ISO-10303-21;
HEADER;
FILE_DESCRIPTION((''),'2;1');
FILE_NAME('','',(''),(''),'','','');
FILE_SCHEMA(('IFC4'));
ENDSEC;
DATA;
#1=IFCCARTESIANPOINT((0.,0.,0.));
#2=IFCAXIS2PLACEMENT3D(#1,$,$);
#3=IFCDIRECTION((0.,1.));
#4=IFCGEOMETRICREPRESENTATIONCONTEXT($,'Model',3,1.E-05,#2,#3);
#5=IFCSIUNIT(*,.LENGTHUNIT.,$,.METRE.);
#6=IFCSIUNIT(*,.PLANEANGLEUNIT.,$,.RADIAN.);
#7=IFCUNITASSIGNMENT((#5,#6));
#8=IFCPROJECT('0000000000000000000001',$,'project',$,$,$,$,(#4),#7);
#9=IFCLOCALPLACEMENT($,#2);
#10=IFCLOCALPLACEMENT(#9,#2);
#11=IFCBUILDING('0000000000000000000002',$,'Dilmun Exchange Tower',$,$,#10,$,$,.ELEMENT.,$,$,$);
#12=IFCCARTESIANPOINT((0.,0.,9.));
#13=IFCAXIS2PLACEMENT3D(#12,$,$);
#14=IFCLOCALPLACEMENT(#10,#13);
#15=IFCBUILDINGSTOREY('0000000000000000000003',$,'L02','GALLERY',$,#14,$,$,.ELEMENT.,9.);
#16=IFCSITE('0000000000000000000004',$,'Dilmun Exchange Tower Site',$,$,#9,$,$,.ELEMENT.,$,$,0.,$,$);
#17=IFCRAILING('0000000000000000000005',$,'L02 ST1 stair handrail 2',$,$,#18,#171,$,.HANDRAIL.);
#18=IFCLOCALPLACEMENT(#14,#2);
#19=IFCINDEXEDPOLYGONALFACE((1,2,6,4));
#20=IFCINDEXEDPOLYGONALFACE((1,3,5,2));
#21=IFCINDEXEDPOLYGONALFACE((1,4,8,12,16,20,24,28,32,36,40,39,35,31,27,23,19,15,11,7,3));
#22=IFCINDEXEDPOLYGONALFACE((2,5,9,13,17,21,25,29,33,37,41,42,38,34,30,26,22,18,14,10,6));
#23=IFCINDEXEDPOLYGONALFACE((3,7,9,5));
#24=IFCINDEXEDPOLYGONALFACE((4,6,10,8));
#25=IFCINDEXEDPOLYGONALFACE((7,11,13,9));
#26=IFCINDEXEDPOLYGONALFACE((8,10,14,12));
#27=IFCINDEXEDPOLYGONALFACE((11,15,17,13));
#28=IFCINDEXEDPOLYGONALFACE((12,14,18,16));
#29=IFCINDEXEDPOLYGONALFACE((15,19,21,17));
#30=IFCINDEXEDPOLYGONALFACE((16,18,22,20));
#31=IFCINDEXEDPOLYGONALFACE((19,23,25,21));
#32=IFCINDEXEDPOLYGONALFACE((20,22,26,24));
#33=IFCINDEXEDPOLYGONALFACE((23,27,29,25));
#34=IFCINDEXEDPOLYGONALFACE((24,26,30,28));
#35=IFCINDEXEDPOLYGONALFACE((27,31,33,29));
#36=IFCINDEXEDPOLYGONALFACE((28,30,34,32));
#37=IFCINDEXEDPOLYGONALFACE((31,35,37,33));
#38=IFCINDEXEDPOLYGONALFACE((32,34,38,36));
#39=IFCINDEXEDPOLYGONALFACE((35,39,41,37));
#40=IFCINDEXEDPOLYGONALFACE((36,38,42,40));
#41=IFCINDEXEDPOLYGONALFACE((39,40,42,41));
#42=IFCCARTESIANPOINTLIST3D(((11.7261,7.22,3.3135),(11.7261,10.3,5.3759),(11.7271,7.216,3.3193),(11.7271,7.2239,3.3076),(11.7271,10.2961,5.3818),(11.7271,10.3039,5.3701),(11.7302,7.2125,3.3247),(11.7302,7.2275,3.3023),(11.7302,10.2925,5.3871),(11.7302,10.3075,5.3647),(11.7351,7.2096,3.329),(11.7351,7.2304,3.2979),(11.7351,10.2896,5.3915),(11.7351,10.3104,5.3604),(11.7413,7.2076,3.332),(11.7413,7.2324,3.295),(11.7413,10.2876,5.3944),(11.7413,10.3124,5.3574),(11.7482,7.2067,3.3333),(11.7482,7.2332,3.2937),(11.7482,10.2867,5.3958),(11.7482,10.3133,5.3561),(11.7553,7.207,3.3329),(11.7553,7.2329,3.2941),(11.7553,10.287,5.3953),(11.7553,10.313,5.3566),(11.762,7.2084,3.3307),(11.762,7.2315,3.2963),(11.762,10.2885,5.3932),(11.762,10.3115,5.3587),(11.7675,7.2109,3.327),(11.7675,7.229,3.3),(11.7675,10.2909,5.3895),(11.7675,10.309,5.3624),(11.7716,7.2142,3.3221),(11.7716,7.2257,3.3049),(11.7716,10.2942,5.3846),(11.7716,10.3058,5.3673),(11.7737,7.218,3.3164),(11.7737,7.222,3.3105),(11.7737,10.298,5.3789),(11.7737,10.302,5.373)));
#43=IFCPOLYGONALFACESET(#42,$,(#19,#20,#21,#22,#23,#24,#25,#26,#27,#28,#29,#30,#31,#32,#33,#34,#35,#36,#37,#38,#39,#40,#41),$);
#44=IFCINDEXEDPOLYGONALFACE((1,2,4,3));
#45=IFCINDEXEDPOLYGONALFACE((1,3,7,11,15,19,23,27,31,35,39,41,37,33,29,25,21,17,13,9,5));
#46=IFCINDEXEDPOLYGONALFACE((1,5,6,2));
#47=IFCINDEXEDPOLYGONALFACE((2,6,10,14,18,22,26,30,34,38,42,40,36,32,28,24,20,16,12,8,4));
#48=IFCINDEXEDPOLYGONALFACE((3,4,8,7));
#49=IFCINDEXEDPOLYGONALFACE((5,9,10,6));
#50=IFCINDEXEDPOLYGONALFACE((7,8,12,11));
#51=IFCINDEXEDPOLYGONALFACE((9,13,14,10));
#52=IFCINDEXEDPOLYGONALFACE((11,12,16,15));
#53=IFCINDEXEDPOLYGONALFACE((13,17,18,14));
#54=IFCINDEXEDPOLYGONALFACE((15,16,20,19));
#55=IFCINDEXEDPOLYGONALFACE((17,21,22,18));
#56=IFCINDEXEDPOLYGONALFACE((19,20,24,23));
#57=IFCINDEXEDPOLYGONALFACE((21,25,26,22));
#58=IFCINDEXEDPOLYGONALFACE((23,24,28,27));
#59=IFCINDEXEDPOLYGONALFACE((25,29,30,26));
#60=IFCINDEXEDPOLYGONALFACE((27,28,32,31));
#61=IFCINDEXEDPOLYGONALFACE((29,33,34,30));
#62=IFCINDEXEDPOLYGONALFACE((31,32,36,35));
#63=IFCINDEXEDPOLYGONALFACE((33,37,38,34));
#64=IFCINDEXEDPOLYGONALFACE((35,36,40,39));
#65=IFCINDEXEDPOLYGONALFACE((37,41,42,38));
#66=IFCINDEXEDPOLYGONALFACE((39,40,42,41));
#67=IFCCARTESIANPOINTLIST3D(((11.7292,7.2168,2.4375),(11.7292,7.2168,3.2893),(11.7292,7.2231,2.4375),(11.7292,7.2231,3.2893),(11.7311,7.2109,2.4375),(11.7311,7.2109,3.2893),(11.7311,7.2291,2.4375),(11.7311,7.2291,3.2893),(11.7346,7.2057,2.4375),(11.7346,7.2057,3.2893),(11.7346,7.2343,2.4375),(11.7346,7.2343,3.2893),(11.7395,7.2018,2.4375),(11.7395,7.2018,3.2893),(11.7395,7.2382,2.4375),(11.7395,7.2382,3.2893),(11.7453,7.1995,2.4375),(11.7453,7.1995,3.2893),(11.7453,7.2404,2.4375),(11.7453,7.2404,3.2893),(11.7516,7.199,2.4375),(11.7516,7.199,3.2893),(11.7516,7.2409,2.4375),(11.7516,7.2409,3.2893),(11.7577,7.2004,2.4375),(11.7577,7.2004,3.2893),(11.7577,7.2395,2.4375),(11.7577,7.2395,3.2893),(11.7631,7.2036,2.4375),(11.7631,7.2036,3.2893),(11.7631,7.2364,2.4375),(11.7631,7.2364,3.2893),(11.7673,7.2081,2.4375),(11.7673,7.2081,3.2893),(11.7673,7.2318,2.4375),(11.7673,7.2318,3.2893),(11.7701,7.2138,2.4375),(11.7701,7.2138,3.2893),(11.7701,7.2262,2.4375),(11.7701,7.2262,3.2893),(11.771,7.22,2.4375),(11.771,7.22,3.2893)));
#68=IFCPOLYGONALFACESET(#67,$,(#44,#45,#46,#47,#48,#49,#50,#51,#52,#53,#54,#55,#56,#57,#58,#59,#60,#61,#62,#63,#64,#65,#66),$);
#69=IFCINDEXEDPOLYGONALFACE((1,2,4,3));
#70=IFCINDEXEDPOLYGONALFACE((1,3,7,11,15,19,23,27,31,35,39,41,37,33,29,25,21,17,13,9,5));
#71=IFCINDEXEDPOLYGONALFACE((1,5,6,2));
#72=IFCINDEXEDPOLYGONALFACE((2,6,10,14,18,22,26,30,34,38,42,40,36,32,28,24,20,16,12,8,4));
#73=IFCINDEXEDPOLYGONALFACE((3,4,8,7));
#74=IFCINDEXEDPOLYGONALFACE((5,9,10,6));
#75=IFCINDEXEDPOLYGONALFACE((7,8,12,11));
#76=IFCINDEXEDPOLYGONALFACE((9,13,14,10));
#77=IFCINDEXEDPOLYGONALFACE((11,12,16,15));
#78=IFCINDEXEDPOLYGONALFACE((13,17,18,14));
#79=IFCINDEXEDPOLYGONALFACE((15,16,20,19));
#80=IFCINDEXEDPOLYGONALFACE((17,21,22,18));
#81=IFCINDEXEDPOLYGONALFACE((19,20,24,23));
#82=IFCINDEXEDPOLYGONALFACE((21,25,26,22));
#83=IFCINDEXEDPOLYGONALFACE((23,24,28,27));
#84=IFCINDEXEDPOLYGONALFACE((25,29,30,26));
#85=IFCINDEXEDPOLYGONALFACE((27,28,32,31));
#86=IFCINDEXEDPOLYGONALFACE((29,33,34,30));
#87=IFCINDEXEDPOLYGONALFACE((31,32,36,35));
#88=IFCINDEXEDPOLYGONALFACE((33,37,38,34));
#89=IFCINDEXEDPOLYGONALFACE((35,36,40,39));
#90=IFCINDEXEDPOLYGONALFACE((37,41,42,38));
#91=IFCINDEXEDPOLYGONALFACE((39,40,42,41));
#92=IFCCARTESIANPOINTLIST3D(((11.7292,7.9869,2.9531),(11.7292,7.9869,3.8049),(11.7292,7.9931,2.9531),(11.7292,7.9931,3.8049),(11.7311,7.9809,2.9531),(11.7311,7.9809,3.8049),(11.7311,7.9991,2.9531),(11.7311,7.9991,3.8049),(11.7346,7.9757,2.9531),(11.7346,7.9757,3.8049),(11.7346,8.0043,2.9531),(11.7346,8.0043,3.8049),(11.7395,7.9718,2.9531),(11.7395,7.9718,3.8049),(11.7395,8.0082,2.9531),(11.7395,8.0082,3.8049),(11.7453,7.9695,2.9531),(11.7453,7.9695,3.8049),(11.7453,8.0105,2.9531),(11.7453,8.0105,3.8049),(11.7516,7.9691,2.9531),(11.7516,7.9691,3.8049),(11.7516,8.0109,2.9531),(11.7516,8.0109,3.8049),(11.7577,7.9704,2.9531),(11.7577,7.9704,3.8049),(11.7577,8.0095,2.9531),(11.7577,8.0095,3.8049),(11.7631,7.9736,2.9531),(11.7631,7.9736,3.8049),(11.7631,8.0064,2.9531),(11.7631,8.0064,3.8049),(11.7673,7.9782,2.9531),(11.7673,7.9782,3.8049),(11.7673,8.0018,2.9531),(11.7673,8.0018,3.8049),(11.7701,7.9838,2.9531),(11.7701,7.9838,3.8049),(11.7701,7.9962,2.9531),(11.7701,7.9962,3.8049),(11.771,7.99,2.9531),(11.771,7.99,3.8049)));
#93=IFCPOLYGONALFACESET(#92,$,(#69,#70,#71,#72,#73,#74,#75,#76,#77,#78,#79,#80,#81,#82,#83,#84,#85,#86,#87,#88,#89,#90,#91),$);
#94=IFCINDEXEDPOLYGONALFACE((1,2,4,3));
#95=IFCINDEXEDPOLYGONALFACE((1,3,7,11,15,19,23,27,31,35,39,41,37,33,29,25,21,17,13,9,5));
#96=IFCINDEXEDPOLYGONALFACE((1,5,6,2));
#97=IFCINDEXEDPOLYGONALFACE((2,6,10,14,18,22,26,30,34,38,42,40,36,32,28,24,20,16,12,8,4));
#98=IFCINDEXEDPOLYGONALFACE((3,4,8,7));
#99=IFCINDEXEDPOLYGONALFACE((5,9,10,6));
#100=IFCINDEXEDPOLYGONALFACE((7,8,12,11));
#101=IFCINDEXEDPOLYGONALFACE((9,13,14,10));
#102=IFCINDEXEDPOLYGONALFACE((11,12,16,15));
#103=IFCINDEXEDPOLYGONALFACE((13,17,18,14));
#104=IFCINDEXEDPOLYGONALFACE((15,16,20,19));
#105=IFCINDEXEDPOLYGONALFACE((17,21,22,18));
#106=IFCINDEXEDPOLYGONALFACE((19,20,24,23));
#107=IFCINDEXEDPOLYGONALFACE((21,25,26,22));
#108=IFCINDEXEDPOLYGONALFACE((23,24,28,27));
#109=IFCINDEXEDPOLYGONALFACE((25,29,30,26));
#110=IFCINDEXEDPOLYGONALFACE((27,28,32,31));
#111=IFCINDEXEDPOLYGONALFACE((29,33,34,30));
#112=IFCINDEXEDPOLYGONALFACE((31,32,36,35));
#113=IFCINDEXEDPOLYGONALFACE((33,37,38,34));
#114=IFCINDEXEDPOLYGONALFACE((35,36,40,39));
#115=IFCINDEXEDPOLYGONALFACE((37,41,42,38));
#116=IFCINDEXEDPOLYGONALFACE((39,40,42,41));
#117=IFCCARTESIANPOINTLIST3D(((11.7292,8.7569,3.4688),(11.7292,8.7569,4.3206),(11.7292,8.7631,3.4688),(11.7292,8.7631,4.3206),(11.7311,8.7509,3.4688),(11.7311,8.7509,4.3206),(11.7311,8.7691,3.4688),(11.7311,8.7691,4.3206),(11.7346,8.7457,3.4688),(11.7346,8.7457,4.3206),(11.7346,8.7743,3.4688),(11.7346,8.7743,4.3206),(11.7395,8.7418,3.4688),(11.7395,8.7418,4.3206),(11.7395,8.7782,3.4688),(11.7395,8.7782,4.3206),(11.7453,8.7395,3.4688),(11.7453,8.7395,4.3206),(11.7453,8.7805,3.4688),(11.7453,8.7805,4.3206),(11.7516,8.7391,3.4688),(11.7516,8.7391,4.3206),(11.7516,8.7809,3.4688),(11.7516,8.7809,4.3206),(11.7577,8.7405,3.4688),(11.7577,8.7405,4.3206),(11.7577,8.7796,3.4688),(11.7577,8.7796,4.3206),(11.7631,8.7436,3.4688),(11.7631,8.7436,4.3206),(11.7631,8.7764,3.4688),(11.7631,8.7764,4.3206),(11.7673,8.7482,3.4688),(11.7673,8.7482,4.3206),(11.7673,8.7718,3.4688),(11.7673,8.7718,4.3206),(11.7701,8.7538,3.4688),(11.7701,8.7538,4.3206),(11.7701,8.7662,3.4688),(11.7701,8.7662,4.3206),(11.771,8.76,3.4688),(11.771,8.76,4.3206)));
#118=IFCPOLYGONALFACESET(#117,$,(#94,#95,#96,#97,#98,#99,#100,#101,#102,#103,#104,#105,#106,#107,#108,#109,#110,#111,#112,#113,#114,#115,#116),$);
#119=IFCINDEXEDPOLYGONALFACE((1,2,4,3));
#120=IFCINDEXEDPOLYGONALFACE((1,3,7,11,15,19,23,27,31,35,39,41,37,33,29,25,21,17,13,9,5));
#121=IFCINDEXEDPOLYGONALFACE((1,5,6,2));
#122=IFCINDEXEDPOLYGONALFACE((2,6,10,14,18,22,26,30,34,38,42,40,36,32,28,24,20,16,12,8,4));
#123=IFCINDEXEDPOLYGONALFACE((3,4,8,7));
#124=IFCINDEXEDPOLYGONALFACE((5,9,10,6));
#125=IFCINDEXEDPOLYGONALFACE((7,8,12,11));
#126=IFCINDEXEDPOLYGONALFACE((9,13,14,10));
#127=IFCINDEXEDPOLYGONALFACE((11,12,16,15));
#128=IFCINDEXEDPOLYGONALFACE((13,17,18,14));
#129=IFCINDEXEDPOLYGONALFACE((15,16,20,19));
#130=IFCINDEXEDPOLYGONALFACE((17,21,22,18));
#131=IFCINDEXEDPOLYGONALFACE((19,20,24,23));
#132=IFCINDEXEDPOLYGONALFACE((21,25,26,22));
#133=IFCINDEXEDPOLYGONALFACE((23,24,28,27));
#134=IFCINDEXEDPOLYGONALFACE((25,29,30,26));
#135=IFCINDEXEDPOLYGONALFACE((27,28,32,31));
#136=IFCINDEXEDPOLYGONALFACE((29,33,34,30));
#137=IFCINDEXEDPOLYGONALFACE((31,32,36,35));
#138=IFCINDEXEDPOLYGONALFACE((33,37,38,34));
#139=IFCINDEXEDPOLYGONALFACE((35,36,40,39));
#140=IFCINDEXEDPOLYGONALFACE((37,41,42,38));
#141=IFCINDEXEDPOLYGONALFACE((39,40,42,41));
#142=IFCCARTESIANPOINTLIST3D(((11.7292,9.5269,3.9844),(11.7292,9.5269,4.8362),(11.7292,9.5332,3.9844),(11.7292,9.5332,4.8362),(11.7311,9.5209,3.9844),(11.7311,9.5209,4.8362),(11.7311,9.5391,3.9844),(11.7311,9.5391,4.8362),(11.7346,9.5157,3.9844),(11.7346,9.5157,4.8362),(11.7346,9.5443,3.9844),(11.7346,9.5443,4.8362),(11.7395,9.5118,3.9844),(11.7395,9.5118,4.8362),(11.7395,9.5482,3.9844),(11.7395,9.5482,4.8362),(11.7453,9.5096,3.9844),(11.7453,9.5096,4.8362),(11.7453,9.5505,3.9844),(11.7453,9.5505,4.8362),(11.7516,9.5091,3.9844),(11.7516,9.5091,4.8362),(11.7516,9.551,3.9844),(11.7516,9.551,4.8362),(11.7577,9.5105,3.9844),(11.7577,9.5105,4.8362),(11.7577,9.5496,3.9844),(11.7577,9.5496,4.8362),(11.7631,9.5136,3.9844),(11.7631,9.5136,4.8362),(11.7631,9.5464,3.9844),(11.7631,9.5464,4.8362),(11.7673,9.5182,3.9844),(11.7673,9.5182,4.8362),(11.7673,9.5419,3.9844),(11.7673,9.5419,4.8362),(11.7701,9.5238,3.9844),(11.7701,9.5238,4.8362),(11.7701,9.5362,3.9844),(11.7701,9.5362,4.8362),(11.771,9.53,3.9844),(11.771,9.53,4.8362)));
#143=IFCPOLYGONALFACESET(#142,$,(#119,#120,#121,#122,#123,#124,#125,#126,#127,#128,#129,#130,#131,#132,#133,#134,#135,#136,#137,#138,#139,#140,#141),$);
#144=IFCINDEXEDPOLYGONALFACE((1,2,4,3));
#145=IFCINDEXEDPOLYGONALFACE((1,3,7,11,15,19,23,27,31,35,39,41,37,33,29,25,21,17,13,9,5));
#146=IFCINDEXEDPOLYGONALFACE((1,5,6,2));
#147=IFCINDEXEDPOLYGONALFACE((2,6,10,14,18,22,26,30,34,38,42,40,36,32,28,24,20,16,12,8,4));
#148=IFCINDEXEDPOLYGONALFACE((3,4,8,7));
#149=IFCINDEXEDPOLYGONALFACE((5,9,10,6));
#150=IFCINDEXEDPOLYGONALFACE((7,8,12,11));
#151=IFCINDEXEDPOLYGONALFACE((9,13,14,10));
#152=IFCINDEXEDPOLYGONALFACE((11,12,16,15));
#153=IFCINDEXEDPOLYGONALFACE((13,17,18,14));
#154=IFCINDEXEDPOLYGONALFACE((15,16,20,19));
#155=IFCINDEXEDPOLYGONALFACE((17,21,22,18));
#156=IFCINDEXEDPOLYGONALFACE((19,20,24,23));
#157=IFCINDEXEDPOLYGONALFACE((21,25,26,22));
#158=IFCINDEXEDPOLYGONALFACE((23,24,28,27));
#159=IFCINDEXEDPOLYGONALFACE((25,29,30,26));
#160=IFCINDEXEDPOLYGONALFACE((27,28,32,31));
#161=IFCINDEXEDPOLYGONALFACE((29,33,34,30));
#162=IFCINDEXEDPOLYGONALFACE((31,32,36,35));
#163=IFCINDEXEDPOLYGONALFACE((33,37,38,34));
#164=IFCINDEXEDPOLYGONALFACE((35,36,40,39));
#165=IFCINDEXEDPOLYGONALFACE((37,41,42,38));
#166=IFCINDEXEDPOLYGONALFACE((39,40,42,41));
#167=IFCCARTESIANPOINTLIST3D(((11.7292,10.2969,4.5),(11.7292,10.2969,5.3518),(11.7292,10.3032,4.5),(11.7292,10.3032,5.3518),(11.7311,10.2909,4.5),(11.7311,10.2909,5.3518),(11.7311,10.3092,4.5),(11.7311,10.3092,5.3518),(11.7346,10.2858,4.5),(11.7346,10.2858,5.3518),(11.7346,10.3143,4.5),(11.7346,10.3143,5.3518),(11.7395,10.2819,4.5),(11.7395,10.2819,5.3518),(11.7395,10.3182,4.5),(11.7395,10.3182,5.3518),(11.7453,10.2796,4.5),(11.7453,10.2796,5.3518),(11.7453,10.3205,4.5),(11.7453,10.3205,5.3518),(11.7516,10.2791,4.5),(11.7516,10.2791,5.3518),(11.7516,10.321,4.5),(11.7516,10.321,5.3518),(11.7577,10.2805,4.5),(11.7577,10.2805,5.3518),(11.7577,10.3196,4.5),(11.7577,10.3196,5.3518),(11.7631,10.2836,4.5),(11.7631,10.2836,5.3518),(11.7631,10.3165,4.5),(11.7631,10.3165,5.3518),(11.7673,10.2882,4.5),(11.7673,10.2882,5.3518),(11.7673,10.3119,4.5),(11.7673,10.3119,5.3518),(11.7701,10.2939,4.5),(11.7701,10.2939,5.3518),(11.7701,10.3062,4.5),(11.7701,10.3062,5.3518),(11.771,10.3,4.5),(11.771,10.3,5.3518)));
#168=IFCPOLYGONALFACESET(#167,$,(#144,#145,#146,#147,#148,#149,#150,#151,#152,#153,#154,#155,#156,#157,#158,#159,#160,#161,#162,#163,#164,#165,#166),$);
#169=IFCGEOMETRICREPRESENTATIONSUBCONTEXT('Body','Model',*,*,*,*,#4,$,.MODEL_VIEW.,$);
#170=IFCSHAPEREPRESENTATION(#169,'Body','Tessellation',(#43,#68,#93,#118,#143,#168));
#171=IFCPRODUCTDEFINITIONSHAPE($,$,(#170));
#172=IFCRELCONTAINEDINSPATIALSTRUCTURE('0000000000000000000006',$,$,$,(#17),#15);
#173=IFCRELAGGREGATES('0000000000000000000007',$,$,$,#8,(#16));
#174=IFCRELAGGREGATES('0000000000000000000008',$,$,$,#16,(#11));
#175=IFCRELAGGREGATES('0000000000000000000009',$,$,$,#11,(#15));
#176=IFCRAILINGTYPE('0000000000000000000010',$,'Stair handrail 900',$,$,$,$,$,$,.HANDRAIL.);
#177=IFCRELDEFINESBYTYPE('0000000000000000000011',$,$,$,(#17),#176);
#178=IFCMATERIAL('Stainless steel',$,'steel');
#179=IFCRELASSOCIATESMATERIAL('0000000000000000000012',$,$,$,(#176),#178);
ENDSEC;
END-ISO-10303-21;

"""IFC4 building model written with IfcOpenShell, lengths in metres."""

from ifc_helpers import new_model, si_unit, direction, frame, origin, origin_2d, place, context, subcontext, project, spatial, circle, extrude, material, type_object, element, save


model = new_model("IFC4")

# Units and contexts
model_context = context("Model", 3, precision=1e-05, world=origin(), true_north=direction((0.0, 1.0)))
body_context = subcontext(model_context, "Body", "Model", "MODEL_VIEW")
ifc_project = project(units=[si_unit("LENGTHUNIT", "METRE"), si_unit("PLANEANGLEUNIT", "RADIAN")], contexts=[model_context])

# Site, building, storey
site_placement = place(None, origin())
site = spatial("IfcSite", under=ifc_project, at=site_placement, Name="Dilmun Exchange Tower Site", CompositionType="ELEMENT", RefElevation=0.0)
building_placement = place(site_placement, origin())
building = spatial("IfcBuilding", under=site, at=building_placement, Name="Dilmun Exchange Tower", CompositionType="ELEMENT")
storey_placement = place(building_placement, frame((0.0, 0.0, 9.0)))
storey = spatial("IfcBuildingStorey", under=building, at=storey_placement, Name="L02", Description="GALLERY", CompositionType="ELEMENT", Elevation=9.0)

# Railing
ifc_material_1 = material(Name="Stainless steel", Category="steel")
railing_type = type_object("IfcRailingType", Name="Stair handrail 900", PredefinedType="HANDRAIL", material=ifc_material_1)
railing_1_placement = place(storey_placement, frame((11.75, 7.22, 2.4375)))
element("IfcRailing", 1, at=railing_1_placement, inside=storey, type_object=railing_type, Name="L02 ST1 stair handrail 2", PredefinedType="HANDRAIL", context=body_context, shape_type="SweptSolid", body=[
    extrude(circle(Radius=0.0239, at=origin_2d()), frame((0.0, 0.0, 0.876), z_axis=(0.0, 0.830914, 0.556401), x_axis=(-1.0, 0.0, 0.0)), (0.0, 0.0, 1.0), 3.7068),
    extrude(circle(Radius=0.021, at=origin_2d()), origin(), (0.0, 0.0, 1.0), 0.8518),
    extrude(circle(Radius=0.021, at=origin_2d()), frame((0.0, 0.77, 0.5156)), (0.0, 0.0, 1.0), 0.8518),
    extrude(circle(Radius=0.021, at=origin_2d()), frame((0.0, 1.54, 1.0312)), (0.0, 0.0, 1.0), 0.8518),
    extrude(circle(Radius=0.021, at=origin_2d()), frame((0.0, 2.3101, 1.5469)), (0.0, 0.0, 1.0), 0.8518),
    extrude(circle(Radius=0.021, at=origin_2d()), frame((0.0, 3.0801, 2.0625)), (0.0, 0.0, 1.0), 0.8518),
])

save(model, "model.ifc")
